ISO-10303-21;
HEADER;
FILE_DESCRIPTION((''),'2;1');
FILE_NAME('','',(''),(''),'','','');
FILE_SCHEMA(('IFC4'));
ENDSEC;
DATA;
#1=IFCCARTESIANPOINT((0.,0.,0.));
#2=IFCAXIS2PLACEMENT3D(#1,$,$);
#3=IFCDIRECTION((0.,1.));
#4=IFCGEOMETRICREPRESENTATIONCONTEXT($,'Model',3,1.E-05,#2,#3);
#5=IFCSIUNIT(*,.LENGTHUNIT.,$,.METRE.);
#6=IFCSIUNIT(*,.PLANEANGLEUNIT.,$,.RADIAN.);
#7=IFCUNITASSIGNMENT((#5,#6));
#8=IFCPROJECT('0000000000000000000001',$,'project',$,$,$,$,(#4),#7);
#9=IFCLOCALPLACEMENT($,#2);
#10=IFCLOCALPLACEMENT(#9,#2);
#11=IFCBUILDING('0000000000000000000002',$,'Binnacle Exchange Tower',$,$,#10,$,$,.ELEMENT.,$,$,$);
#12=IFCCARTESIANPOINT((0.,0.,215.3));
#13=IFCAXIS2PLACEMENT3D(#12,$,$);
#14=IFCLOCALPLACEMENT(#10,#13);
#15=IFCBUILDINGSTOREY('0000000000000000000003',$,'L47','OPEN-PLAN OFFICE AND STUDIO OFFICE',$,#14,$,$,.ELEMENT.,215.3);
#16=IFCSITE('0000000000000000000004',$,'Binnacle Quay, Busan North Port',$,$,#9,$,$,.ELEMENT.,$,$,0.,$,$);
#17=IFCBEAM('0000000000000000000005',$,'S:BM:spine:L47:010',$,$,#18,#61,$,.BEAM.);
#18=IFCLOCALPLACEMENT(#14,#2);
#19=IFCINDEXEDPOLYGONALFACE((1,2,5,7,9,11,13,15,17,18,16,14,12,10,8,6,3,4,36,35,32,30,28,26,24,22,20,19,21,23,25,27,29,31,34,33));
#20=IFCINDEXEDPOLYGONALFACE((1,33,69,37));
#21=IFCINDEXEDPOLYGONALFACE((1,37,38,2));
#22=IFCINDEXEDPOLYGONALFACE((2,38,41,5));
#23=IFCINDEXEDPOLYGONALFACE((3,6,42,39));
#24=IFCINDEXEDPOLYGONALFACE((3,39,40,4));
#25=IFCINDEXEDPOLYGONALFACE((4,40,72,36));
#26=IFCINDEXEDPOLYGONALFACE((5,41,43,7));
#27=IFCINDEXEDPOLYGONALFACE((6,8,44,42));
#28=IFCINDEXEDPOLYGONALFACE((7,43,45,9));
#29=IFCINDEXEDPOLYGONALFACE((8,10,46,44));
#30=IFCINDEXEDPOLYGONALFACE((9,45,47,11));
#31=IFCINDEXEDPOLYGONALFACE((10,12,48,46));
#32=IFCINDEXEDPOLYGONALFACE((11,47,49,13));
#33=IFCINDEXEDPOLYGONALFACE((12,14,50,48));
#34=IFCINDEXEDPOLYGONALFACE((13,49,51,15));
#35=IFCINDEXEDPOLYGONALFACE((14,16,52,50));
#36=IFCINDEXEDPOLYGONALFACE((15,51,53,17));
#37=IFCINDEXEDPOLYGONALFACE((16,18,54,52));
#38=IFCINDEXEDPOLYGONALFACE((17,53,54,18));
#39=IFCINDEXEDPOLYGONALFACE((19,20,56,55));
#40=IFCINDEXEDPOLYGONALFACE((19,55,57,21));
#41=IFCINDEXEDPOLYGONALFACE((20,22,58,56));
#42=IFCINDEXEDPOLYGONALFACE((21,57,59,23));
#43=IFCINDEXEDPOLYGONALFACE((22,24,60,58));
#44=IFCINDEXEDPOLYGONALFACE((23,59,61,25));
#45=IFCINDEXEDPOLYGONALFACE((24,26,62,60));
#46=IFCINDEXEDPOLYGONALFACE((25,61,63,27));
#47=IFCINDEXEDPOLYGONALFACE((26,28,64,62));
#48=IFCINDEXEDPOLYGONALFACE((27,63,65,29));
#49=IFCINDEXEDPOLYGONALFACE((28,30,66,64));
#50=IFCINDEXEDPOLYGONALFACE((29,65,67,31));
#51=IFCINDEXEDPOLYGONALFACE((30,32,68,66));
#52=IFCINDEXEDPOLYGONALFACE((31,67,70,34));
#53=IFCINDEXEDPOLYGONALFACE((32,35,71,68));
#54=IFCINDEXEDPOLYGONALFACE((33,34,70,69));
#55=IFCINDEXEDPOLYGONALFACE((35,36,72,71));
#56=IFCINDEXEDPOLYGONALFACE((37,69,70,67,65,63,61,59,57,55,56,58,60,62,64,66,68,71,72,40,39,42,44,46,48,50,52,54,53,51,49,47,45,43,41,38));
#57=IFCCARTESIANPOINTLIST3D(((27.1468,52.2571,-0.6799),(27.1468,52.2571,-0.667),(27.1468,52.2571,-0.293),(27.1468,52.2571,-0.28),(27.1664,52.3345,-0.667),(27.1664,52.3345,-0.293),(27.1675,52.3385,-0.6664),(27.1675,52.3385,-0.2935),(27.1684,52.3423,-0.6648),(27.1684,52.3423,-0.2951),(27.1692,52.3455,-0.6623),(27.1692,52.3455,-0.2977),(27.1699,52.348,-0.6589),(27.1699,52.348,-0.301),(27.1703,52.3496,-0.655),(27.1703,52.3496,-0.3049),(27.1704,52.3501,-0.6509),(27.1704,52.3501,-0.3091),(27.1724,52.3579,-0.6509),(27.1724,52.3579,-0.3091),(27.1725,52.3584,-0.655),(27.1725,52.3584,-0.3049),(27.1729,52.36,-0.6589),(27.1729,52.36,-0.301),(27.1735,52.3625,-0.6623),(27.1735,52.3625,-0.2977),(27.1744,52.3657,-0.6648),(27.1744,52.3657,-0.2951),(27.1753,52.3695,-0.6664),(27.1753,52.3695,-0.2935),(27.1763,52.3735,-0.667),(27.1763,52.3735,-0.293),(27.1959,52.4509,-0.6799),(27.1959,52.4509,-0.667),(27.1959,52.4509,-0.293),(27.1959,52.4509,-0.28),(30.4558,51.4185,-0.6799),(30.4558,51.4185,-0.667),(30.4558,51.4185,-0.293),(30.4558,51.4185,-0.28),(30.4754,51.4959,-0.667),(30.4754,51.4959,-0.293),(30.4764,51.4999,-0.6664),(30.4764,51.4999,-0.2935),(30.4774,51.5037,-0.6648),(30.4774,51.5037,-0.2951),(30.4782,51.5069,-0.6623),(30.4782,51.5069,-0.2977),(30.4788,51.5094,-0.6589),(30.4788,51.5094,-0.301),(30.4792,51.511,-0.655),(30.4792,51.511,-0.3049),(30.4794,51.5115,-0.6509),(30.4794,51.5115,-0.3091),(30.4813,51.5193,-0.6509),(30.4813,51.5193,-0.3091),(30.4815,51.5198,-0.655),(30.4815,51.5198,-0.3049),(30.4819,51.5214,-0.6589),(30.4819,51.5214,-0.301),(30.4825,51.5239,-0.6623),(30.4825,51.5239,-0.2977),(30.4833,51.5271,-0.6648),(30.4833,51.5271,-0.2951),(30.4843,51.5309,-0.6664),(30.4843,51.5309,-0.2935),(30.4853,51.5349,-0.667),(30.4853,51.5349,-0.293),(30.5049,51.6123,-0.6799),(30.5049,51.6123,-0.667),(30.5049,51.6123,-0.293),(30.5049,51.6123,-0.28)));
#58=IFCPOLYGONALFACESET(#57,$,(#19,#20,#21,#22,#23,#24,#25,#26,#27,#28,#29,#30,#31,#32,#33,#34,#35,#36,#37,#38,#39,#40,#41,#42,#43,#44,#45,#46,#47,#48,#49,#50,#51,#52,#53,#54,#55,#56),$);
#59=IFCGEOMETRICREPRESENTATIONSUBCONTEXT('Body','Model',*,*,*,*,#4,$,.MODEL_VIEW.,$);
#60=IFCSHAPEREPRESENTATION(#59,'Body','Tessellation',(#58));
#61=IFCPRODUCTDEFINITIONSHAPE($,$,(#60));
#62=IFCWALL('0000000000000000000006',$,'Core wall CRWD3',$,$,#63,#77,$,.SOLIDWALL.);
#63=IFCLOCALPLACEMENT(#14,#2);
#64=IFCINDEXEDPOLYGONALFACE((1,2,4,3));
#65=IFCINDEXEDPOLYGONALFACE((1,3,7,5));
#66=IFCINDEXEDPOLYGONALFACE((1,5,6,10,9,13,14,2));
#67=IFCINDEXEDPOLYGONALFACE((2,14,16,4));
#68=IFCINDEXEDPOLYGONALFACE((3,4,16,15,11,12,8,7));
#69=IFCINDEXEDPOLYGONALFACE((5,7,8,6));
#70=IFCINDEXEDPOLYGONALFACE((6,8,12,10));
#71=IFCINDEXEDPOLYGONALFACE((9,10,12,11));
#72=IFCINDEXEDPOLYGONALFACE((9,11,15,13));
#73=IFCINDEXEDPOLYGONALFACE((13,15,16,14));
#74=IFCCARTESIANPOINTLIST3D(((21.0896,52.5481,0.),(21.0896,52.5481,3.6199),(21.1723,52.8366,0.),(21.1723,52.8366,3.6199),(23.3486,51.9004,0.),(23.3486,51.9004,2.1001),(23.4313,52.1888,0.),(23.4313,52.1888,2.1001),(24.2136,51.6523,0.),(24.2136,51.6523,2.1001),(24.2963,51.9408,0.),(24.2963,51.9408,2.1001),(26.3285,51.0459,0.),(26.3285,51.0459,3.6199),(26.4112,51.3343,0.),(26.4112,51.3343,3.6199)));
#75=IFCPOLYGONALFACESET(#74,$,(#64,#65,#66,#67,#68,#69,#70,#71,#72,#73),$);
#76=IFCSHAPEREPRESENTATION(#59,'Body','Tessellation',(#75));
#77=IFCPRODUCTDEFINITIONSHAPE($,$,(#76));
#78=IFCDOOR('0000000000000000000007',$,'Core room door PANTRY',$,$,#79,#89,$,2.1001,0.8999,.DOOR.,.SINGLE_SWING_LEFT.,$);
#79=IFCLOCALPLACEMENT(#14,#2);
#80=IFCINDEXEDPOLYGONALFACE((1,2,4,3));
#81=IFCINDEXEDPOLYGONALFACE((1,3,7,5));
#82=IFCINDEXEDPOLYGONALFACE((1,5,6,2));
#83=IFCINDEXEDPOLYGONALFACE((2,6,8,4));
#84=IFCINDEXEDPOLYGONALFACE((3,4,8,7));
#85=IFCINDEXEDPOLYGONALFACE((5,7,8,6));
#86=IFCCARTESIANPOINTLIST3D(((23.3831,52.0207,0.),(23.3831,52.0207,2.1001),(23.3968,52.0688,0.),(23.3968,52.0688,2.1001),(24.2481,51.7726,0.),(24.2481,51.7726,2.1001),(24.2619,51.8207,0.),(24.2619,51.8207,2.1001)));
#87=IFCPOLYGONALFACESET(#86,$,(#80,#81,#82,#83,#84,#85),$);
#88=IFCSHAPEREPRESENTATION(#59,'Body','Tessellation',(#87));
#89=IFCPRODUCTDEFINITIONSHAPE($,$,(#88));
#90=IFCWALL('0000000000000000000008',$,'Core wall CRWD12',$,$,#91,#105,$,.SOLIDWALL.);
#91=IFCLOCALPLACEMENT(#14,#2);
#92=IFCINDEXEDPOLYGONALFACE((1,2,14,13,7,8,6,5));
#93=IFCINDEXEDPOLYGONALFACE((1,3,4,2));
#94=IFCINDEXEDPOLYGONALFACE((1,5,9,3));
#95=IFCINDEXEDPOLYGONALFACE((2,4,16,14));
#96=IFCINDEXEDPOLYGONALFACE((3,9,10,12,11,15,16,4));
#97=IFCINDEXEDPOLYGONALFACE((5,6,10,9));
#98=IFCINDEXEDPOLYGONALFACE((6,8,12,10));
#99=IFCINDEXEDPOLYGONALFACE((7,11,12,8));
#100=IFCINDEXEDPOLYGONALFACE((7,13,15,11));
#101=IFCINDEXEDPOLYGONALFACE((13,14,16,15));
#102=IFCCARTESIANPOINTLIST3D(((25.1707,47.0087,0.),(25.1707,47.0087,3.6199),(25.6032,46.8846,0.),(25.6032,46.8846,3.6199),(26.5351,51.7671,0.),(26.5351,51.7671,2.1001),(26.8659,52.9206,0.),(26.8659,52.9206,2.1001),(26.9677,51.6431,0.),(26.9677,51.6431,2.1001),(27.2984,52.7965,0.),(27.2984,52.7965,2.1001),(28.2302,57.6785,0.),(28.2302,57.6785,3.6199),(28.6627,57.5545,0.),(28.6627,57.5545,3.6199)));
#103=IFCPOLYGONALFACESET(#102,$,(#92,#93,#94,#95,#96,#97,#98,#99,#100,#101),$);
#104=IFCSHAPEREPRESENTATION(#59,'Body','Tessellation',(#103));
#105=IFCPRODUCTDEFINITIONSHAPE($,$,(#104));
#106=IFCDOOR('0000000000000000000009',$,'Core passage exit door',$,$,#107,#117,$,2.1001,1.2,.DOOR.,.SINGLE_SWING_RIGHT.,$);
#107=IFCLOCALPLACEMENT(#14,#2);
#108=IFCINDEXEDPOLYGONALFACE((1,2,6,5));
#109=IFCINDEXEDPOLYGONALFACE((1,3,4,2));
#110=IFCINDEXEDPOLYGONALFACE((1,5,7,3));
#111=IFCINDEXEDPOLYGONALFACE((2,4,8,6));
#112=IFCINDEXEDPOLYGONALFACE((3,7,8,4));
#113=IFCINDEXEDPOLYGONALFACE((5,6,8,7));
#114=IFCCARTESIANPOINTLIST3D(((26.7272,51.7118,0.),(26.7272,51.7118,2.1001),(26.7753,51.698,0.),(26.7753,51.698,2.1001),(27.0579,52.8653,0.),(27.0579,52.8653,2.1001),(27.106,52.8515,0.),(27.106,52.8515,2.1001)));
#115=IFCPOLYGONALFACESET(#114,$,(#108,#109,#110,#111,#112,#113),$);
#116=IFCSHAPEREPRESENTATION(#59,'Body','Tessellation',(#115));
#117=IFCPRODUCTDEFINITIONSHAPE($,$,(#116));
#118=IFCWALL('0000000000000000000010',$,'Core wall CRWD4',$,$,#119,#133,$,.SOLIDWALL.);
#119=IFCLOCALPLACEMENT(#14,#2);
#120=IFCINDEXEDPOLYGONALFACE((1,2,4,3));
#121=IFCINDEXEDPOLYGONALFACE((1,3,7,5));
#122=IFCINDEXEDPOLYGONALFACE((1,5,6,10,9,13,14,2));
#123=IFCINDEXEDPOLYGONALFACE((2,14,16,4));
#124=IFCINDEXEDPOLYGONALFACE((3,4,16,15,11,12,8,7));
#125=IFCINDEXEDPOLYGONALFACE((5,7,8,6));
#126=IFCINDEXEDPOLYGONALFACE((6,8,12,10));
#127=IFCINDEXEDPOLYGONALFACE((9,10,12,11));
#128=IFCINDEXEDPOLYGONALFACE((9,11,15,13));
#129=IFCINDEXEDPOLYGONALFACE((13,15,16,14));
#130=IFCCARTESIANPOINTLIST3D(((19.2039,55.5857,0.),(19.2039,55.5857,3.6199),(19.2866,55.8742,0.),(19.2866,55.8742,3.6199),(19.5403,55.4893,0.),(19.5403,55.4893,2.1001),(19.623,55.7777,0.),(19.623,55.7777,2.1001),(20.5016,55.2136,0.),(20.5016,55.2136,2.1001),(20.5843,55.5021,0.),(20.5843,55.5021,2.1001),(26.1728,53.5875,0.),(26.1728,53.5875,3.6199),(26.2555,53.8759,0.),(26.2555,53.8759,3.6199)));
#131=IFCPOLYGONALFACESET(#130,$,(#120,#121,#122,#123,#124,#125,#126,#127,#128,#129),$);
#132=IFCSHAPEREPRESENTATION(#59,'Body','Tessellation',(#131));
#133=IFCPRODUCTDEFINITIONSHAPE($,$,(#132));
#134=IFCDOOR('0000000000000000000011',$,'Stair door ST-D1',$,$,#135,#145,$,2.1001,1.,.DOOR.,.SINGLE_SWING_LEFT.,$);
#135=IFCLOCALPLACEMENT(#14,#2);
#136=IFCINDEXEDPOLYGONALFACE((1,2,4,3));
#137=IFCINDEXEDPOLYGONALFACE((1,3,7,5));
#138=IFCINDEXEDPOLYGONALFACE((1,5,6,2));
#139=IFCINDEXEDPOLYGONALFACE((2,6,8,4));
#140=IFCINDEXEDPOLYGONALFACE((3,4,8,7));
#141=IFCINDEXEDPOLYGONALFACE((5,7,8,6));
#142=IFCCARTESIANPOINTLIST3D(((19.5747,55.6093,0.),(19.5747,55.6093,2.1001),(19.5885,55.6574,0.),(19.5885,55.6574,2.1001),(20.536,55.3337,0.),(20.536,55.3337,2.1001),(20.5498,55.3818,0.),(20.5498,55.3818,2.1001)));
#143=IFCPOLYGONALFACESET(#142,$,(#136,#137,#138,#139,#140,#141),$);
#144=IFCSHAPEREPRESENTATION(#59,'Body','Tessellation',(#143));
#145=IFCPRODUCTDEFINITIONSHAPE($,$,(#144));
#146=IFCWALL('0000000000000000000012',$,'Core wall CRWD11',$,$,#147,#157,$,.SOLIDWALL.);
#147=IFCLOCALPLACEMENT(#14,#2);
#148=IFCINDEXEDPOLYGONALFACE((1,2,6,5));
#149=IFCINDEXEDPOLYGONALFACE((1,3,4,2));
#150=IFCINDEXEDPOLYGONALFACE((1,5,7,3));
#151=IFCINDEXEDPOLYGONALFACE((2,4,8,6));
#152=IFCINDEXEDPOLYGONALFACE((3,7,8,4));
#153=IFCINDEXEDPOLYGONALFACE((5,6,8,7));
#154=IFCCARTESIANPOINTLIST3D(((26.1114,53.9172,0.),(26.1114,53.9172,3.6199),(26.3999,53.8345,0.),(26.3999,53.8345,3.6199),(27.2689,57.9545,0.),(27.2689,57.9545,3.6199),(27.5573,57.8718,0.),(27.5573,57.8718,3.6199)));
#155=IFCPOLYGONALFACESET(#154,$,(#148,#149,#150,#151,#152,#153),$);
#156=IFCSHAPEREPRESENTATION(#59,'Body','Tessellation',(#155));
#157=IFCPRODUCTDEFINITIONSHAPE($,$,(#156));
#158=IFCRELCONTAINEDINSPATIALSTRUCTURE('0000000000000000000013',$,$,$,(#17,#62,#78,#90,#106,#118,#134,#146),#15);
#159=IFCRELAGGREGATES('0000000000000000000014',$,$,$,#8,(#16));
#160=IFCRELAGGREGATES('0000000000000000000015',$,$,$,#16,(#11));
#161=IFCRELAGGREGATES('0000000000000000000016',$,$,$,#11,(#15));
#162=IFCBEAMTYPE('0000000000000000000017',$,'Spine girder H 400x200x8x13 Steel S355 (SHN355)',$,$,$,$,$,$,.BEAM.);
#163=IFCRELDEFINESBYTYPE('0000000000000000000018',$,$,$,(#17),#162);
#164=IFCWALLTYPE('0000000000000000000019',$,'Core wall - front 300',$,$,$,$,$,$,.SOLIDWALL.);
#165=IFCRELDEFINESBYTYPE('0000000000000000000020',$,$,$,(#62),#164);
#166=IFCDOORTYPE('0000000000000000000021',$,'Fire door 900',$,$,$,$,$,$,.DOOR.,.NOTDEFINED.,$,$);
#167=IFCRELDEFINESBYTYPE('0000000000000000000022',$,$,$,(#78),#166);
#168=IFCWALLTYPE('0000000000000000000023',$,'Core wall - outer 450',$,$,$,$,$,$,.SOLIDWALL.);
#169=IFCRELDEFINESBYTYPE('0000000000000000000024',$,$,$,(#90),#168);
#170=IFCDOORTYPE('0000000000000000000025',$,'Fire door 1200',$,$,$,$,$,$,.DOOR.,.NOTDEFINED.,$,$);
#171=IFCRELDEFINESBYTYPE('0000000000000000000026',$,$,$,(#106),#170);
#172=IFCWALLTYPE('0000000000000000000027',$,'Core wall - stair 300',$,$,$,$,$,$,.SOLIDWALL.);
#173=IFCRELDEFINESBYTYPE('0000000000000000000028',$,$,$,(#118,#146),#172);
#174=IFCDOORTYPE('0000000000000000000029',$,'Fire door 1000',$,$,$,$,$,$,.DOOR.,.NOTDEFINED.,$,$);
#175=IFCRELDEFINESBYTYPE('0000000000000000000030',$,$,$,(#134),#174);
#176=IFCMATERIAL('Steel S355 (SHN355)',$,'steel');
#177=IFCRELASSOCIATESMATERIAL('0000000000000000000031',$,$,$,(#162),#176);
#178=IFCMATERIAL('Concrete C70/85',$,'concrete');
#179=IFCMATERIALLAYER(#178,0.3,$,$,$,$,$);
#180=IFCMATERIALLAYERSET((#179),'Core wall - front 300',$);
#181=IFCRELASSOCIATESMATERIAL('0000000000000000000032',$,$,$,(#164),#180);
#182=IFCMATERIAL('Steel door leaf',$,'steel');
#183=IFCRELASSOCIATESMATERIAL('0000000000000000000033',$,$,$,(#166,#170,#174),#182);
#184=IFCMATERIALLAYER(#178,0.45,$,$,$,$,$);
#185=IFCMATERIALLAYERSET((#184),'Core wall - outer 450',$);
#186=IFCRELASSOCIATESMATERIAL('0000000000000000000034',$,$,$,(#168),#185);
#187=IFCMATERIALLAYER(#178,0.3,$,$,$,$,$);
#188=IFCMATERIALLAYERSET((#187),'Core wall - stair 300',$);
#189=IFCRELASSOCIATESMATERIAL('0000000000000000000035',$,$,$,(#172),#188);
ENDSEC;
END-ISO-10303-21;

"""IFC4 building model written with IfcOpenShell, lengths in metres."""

from ifc_helpers import new_model, si_unit, direction, frame, frame_2d, origin, origin_2d, place, context, subcontext, project, spatial, rectangle, i_section, extrude, material, layer, layer_set, material_profile, profile_set, type_object, element, fill, save


model = new_model("IFC4")

# Units and contexts
model_context = context("Model", 3, precision=1e-05, world=origin(), true_north=direction((0.0, 1.0)))
body_context = subcontext(model_context, "Body", "Model", "MODEL_VIEW")
ifc_project = project(units=[si_unit("LENGTHUNIT", "METRE"), si_unit("PLANEANGLEUNIT", "RADIAN")], contexts=[model_context])

# Site, building, storey
site_placement = place(None, origin())
site = spatial("IfcSite", under=ifc_project, at=site_placement, Name="Binnacle Quay, Busan North Port", CompositionType="ELEMENT", RefElevation=0.0)
building_placement = place(site_placement, origin())
building = spatial("IfcBuilding", under=site, at=building_placement, Name="Binnacle Exchange Tower", CompositionType="ELEMENT")
storey_placement = place(building_placement, frame((0.0, 0.0, 215.3)))
storey = spatial("IfcBuildingStorey", under=building, at=storey_placement, Name="L47", Description="OPEN-PLAN OFFICE AND STUDIO OFFICE", CompositionType="ELEMENT", Elevation=215.3)

# Beam
ifc_material_1 = material(Name="Steel S355 (SHN355)", Category="steel")
ifc_material_profile_1 = material_profile(ifc_material_1, i_section(OverallWidth=0.2, OverallDepth=0.3999, WebThickness=0.0081, FlangeThickness=0.0129, FilletRadius=0.0161, at=origin_2d()), Name="H 400x200x8x13")
ifc_profile_set_1 = profile_set([ifc_material_profile_1], Name="Steel S355 (SHN355)")
beam_type_1 = type_object("IfcBeamType", Name="Spine girder H 400x200x8x13 Steel S355 (SHN355)", PredefinedType="BEAM", material=ifc_profile_set_1)
beam_1_placement = place(storey_placement, frame((27.1714, 52.354, -0.48), z_axis=(0.969355, -0.245664, 0.0), x_axis=(0.245664, 0.969355, 0.0)))
element("IfcBeam", 1, at=beam_1_placement, inside=storey, type_object=beam_type_1, Name="S:BM:spine:L47:010", PredefinedType="BEAM", context=body_context, shape_type="SweptSolid", body=[
    extrude(i_section(OverallWidth=0.2, OverallDepth=0.3999, WebThickness=0.0081, FlangeThickness=0.0129, FilletRadius=0.0161, at=origin_2d()), origin(), (0.0, 0.0, 1.0), 3.4136),
])

# Walls, openings, doors
ifc_material_2 = material(Name="Concrete C70/85", Category="concrete")
ifc_layer_1 = layer(ifc_material_2, 0.3)
ifc_layer_set_1 = layer_set([ifc_layer_1], Name="Core wall - front 300")
wall_type_1 = type_object("IfcWallType", Name="Core wall - front 300", PredefinedType="SOLIDWALL", material=ifc_layer_set_1)
wall_1_placement = place(storey_placement, frame((21.1309, 52.6924, 0.0), z_axis=(0.0, 0.0, 1.0), x_axis=(0.961261, -0.275638, 0.0)))
wall_1 = element("IfcWall", 2, at=wall_1_placement, inside=storey, type_object=wall_type_1, Name="Core wall CRWD3", PredefinedType="SOLIDWALL", context=body_context, shape_type="SweptSolid", body=[
    extrude(rectangle(XDim=5.45, YDim=0.3, at=frame_2d((2.7251, 0.0))), origin(), (0.0, 0.0, 1.0), 3.6199),
])
opening_1_placement = place(wall_1_placement, frame((2.3501, 0.0, 0.0)))
opening_1 = element("IfcOpeningElement", 3, at=opening_1_placement, cuts=wall_1, PredefinedType="OPENING", context=body_context, shape_type="SweptSolid", body=[
    extrude(rectangle(XDim=0.8999, YDim=2.1001, at=frame_2d((0.45, 1.05))), frame((0.0, 0.1599, 0.0), z_axis=(0.0, -1.0, 0.0), x_axis=(1.0, 0.0, 0.0)), (0.0, 0.0, 1.0), 0.3201),
])
ifc_material_3 = material(Name="Steel door leaf", Category="steel")
door_type_1 = type_object("IfcDoorType", Name="Fire door 900", OperationType="NOTDEFINED", PredefinedType="DOOR", material=ifc_material_3)
door_1_placement = place(opening_1_placement, frame((0.8999, 0.0, 0.0), z_axis=(0.0, 0.0, 1.0), x_axis=(-1.0, 0.0, 0.0)))
door_1 = element("IfcDoor", 4, at=door_1_placement, inside=storey, type_object=door_type_1, Name="Core room door PANTRY", OperationType="SINGLE_SWING_LEFT", OverallHeight=2.1001, OverallWidth=0.8999, PredefinedType="DOOR", context=body_context, shape_type="SweptSolid", body=[
    extrude(rectangle(XDim=0.8999, YDim=2.1001, at=frame_2d((0.45, 1.05))), frame((0.0, 0.0249, 0.0), z_axis=(0.0, -1.0, 0.0), x_axis=(1.0, 0.0, 0.0)), (0.0, 0.0, 1.0), 0.05),
])
fill(opening_1, door_1)
ifc_layer_2 = layer(ifc_material_2, 0.45)
ifc_layer_set_2 = layer_set([ifc_layer_2], Name="Core wall - outer 450")
wall_type_2 = type_object("IfcWallType", Name="Core wall - outer 450", PredefinedType="SOLIDWALL", material=ifc_layer_set_2)
wall_2_placement = place(storey_placement, frame((25.387, 46.9468, 0.0), z_axis=(0.0, 0.0, 1.0), x_axis=(0.275639, 0.961261, 0.0)))
wall_2 = element("IfcWall", 5, at=wall_2_placement, inside=storey, type_object=wall_type_2, Name="Core wall CRWD12", PredefinedType="SOLIDWALL", context=body_context, shape_type="SweptSolid", body=[
    extrude(rectangle(XDim=11.0999, YDim=0.45, at=frame_2d((5.5498, 0.0))), origin(), (0.0, 0.0, 1.0), 3.6199),
])
opening_2_placement = place(wall_2_placement, frame((4.95, 0.0, 0.0)))
opening_2 = element("IfcOpeningElement", 6, at=opening_2_placement, cuts=wall_2, PredefinedType="OPENING", context=body_context, shape_type="SweptSolid", body=[
    extrude(rectangle(XDim=1.2, YDim=2.1001, at=frame_2d((0.6001, 1.05))), frame((0.0, 0.2349, 0.0), z_axis=(0.0, -1.0, 0.0), x_axis=(1.0, 0.0, 0.0)), (0.0, 0.0, 1.0), 0.47),
])
door_type_2 = type_object("IfcDoorType", Name="Fire door 1200", OperationType="NOTDEFINED", PredefinedType="DOOR", material=ifc_material_3)
door_2_placement = place(opening_2_placement, frame((1.2, 0.0, 0.0), z_axis=(0.0, 0.0, 1.0), x_axis=(-1.0, 0.0, 0.0)))
door_2 = element("IfcDoor", 7, at=door_2_placement, inside=storey, type_object=door_type_2, Name="Core passage exit door", OperationType="SINGLE_SWING_RIGHT", OverallHeight=2.1001, OverallWidth=1.2, PredefinedType="DOOR", context=body_context, shape_type="SweptSolid", body=[
    extrude(rectangle(XDim=1.2, YDim=2.1001, at=frame_2d((0.6001, 1.05))), frame((0.0, 0.0249, 0.0), z_axis=(0.0, -1.0, 0.0), x_axis=(1.0, 0.0, 0.0)), (0.0, 0.0, 1.0), 0.05),
])
fill(opening_2, door_2)
ifc_layer_3 = layer(ifc_material_2, 0.3)
ifc_layer_set_3 = layer_set([ifc_layer_3], Name="Core wall - stair 300")
wall_type_3 = type_object("IfcWallType", Name="Core wall - stair 300", PredefinedType="SOLIDWALL", material=ifc_layer_set_3)
wall_3_placement = place(storey_placement, frame((19.2451, 55.73, 0.0), z_axis=(0.0, 0.0, 1.0), x_axis=(0.961263, -0.275633, 0.0)))
wall_3 = element("IfcWall", 8, at=wall_3_placement, inside=storey, type_object=wall_type_3, Name="Core wall CRWD4", PredefinedType="SOLIDWALL", context=body_context, shape_type="SweptSolid", body=[
    extrude(rectangle(XDim=7.2498, YDim=0.3, at=frame_2d((3.625, 0.0))), origin(), (0.0, 0.0, 1.0), 3.6199),
])
opening_3_placement = place(wall_3_placement, frame((0.3501, 0.0, 0.0)))
opening_3 = element("IfcOpeningElement", 9, at=opening_3_placement, cuts=wall_3, PredefinedType="OPENING", context=body_context, shape_type="SweptSolid", body=[
    extrude(rectangle(XDim=1.0, YDim=2.1001, at=frame_2d((0.5, 1.05))), frame((0.0, 0.1599, 0.0), z_axis=(0.0, -1.0, 0.0), x_axis=(1.0, 0.0, 0.0)), (0.0, 0.0, 1.0), 0.3201),
])
door_type_3 = type_object("IfcDoorType", Name="Fire door 1000", OperationType="NOTDEFINED", PredefinedType="DOOR", material=ifc_material_3)
door_3_placement = place(opening_3_placement, origin())
door_3 = element("IfcDoor", 10, at=door_3_placement, inside=storey, type_object=door_type_3, Name="Stair door ST-D1", OperationType="SINGLE_SWING_LEFT", OverallHeight=2.1001, OverallWidth=1.0, PredefinedType="DOOR", context=body_context, shape_type="SweptSolid", body=[
    extrude(rectangle(XDim=1.0, YDim=2.1001, at=frame_2d((0.5, 1.05))), frame((0.0, 0.0249, 0.0), z_axis=(0.0, -1.0, 0.0), x_axis=(1.0, 0.0, 0.0)), (0.0, 0.0, 1.0), 0.05),
])
fill(opening_3, door_3)

# Wall
wall_4_placement = place(storey_placement, frame((26.2556, 53.8757, 0.0), z_axis=(0.0, 0.0, 1.0), x_axis=(0.275589, 0.961276, 0.0)))
element("IfcWall", 11, at=wall_4_placement, inside=storey, type_object=wall_type_3, Name="Core wall CRWD11", PredefinedType="SOLIDWALL", context=body_context, shape_type="SweptSolid", body=[
    extrude(rectangle(XDim=4.2, YDim=0.3, at=frame_2d((2.1001, 0.0))), origin(), (0.0, 0.0, 1.0), 3.6199),
])

save(model, "model.ifc")
